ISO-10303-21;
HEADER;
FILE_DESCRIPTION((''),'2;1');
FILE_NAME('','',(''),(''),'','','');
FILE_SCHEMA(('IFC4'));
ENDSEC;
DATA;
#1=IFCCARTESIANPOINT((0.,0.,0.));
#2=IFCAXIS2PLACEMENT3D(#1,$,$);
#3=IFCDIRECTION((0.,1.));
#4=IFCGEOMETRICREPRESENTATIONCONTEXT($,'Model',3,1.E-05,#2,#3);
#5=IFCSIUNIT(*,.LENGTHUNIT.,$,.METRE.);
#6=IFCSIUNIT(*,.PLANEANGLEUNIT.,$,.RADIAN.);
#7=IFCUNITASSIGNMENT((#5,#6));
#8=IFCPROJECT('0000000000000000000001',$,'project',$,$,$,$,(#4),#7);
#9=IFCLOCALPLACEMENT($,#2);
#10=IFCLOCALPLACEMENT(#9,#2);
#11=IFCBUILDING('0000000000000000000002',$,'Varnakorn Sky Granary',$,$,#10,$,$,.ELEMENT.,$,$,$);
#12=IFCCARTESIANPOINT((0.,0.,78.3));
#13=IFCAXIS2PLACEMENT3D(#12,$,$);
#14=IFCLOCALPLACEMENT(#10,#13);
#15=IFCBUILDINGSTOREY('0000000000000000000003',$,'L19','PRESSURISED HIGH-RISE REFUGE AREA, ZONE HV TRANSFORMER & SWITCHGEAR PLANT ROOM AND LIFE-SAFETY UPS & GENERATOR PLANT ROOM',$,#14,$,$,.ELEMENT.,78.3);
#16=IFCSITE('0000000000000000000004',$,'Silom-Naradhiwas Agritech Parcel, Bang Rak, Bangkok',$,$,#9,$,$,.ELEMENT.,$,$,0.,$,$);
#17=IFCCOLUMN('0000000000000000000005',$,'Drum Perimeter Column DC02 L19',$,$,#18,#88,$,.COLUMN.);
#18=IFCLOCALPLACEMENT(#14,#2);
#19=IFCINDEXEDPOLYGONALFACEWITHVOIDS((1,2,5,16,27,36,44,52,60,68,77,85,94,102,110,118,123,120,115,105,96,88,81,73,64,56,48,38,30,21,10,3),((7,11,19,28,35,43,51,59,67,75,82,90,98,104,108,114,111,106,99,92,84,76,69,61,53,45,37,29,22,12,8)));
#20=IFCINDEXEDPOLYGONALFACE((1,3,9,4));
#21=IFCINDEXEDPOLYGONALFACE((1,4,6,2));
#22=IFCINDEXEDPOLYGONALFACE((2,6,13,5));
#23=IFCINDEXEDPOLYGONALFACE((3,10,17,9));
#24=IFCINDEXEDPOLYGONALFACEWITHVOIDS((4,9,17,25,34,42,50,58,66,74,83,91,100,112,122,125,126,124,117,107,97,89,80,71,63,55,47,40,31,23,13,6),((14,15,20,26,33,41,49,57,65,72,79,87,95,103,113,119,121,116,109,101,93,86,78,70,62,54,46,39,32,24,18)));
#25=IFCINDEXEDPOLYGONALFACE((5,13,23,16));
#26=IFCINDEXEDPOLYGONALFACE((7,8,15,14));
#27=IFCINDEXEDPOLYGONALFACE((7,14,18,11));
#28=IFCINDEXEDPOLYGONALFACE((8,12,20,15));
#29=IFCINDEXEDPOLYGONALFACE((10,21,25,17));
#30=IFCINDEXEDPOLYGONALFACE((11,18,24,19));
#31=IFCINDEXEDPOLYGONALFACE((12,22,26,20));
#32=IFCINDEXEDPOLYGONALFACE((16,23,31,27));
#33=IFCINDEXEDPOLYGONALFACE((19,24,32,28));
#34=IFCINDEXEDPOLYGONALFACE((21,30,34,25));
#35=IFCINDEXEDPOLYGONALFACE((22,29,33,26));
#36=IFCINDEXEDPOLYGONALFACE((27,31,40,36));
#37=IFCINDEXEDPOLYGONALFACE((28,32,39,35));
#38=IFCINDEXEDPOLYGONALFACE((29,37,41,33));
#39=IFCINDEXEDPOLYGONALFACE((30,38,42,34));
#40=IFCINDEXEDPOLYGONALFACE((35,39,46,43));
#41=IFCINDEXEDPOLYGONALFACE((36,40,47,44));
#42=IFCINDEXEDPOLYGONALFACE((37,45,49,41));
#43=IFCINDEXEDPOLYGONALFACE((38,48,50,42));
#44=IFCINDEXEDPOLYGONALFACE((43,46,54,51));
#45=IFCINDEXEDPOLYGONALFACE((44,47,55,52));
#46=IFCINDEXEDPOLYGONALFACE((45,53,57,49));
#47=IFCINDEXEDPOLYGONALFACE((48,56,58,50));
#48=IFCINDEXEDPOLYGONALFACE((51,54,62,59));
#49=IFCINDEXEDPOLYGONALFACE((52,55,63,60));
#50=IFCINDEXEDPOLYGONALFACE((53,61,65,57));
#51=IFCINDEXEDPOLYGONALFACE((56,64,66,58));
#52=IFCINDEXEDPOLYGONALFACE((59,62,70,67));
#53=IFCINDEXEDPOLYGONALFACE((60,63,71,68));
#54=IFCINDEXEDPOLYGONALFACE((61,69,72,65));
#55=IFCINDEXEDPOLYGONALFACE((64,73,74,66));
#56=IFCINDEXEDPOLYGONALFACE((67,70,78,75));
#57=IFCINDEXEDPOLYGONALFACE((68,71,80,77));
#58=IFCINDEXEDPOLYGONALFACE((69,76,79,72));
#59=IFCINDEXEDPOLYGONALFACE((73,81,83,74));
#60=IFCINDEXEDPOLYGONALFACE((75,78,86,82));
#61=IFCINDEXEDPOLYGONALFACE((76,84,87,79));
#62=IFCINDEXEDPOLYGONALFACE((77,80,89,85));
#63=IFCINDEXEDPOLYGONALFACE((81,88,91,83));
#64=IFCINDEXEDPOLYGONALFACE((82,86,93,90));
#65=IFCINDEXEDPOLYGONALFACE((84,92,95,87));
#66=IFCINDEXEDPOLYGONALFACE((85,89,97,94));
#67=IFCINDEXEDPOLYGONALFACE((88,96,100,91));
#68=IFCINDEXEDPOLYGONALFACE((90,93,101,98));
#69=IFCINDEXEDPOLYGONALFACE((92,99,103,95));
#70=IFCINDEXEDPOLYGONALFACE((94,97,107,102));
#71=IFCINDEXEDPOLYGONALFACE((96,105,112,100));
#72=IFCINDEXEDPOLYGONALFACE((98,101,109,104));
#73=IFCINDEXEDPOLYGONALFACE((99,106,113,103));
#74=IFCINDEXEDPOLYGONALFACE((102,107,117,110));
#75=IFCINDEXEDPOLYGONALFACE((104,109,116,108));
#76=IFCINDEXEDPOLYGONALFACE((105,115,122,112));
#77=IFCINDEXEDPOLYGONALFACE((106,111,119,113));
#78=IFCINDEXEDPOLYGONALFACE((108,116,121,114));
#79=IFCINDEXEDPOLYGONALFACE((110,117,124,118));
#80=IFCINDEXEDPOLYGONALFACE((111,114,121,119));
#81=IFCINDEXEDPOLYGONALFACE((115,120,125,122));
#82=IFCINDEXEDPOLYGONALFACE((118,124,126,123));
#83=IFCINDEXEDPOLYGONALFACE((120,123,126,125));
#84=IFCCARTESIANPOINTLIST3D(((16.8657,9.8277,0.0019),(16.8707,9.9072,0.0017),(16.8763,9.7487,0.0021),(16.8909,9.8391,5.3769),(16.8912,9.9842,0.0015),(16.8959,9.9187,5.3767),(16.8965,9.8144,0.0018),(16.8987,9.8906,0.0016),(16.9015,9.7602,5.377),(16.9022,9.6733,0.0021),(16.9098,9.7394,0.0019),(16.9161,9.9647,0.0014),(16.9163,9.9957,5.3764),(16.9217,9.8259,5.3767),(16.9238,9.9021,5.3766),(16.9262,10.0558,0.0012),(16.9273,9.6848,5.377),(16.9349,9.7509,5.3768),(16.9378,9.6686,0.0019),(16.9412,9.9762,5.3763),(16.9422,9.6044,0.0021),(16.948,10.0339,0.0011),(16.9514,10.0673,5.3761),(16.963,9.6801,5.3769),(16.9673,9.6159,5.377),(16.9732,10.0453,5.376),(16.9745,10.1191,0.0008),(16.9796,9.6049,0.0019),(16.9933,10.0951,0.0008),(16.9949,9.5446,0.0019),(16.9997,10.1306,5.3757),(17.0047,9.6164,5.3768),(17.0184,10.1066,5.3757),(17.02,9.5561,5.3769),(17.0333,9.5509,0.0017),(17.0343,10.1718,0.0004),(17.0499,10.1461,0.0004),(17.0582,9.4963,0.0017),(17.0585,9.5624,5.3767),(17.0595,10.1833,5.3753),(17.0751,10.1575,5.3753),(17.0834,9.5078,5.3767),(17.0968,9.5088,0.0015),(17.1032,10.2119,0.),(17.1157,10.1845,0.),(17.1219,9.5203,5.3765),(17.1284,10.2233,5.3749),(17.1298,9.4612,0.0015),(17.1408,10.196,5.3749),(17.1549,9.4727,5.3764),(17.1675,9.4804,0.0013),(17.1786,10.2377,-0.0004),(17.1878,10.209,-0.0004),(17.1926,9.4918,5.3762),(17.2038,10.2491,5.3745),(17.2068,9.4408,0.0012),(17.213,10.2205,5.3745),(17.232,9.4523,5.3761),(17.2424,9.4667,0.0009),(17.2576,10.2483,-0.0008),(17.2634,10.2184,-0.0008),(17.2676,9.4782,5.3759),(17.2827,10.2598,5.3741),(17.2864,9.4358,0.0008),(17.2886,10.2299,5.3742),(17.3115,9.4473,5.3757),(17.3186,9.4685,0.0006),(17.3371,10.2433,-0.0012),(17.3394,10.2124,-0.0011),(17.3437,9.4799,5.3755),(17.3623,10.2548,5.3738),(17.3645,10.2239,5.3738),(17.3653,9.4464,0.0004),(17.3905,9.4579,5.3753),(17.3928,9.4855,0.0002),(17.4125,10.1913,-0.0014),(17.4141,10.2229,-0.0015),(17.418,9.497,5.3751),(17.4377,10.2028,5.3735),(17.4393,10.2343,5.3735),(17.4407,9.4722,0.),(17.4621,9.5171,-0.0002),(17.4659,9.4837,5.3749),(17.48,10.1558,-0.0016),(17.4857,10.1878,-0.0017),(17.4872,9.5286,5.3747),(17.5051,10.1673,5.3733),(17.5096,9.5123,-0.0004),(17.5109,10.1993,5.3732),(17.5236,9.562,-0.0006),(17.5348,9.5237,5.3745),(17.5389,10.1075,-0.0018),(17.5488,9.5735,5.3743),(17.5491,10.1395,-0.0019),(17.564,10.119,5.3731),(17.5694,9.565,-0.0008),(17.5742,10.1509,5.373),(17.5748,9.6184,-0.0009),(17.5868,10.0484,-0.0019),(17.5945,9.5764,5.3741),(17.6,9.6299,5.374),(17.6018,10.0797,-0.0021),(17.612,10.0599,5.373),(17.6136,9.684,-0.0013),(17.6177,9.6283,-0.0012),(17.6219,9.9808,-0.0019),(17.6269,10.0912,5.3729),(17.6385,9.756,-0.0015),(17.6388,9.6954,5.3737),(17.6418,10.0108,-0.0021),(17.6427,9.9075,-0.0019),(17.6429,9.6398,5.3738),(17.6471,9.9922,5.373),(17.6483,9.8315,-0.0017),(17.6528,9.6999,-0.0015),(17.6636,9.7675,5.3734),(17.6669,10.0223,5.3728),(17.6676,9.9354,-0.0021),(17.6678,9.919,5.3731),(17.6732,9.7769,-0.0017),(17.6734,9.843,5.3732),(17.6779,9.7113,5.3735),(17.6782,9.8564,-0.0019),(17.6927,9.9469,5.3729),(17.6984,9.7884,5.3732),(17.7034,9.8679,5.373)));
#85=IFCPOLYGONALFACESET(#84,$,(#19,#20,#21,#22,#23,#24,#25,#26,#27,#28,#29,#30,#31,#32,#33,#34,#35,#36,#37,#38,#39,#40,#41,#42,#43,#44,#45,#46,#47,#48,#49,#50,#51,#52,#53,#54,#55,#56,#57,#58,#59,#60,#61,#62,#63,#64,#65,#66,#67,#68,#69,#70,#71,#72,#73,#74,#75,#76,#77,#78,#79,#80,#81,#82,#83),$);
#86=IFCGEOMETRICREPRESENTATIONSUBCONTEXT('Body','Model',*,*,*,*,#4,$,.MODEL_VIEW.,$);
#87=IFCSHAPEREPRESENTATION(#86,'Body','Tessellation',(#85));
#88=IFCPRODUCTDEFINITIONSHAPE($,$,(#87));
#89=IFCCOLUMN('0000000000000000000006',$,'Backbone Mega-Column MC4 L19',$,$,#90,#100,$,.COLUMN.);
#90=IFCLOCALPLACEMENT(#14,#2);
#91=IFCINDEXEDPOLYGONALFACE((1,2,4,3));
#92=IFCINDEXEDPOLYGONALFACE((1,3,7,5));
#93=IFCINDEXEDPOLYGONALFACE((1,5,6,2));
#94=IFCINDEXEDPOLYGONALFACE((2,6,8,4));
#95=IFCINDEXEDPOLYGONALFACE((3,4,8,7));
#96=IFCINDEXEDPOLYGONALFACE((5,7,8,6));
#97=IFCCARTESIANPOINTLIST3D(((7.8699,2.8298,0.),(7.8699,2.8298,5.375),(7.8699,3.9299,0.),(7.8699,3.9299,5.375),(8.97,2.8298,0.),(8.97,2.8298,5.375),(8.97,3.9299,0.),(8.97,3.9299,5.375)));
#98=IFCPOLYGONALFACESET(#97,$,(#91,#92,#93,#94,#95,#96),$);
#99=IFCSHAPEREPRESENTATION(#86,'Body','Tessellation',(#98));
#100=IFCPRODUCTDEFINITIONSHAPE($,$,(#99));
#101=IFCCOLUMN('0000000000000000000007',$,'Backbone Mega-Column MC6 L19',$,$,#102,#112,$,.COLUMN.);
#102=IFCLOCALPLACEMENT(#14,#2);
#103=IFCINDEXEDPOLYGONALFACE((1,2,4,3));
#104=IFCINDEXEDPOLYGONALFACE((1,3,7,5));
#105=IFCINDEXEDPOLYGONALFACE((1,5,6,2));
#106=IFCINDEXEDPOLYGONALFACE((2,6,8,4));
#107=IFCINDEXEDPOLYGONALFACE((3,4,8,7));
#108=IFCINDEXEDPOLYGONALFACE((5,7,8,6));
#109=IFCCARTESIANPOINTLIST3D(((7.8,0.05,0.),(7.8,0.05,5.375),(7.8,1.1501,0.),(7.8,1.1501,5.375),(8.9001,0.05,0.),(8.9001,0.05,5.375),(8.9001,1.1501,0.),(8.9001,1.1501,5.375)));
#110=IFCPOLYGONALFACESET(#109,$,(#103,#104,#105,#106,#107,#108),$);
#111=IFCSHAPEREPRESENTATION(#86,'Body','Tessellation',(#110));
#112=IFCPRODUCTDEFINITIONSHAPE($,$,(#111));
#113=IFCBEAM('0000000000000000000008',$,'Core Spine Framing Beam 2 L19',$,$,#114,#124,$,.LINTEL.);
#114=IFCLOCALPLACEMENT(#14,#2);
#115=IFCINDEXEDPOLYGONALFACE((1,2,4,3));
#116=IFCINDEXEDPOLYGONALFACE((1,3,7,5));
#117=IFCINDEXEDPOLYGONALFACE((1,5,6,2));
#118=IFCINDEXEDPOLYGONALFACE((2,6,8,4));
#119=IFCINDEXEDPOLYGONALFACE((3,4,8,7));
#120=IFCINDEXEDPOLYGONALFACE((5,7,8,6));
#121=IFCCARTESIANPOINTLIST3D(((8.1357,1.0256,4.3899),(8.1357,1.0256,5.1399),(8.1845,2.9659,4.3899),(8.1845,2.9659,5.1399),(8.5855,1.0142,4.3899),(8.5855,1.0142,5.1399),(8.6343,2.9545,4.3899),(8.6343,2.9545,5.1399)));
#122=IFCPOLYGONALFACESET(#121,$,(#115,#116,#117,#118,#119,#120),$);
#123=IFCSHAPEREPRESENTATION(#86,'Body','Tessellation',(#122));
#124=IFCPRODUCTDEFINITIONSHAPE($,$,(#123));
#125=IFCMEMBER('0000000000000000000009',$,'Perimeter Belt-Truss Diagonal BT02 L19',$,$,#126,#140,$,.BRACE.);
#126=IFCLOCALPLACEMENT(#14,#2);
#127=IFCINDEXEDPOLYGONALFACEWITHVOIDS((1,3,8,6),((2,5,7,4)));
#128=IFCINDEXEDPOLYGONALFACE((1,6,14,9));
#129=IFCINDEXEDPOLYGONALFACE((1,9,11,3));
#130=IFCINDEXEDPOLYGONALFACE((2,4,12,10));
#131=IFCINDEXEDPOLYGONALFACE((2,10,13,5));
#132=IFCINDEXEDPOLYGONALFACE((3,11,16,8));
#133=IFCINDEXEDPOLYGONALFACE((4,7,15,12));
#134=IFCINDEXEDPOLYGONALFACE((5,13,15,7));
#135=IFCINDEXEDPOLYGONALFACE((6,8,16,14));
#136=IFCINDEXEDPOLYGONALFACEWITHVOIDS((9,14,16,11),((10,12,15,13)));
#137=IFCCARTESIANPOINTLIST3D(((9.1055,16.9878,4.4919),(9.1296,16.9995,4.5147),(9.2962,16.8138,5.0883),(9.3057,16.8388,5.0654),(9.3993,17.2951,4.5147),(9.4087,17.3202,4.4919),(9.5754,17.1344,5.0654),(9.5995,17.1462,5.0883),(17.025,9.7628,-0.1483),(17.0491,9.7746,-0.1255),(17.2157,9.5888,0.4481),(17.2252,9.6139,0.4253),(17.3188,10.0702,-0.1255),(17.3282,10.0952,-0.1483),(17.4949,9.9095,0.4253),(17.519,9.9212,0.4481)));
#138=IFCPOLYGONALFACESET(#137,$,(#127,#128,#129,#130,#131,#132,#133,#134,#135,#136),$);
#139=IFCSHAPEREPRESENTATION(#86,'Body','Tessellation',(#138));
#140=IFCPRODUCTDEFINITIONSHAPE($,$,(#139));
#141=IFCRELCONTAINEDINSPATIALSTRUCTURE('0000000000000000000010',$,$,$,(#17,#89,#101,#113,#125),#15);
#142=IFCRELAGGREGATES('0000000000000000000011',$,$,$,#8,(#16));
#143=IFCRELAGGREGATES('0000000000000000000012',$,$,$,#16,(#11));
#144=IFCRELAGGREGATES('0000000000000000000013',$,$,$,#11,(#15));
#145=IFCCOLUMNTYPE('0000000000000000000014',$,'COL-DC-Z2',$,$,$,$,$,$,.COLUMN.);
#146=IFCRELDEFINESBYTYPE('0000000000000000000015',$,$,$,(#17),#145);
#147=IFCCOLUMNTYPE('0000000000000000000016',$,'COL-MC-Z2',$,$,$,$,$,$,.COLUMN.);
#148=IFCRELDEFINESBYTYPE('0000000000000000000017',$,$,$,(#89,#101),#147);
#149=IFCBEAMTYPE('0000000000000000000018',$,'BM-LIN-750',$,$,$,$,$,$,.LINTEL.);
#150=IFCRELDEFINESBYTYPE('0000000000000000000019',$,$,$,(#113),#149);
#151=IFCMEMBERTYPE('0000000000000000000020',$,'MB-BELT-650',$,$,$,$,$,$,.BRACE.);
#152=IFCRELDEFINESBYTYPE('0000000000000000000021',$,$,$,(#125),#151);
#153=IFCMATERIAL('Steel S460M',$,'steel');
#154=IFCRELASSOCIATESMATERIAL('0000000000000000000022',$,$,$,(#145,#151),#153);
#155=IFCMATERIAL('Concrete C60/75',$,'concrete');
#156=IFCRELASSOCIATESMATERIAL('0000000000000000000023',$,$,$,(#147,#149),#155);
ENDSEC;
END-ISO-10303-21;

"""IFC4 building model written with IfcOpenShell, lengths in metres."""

from ifc_helpers import new_model, si_unit, direction, frame, origin, origin_2d, place, context, subcontext, project, spatial, rectangle, hollow_rectangle, hollow_circle, extrude, material, material_profile, profile_set, type_object, element, save


model = new_model("IFC4")

# Units and contexts
model_context = context("Model", 3, precision=1e-05, world=origin(), true_north=direction((0.0, 1.0)))
body_context = subcontext(model_context, "Body", "Model", "MODEL_VIEW")
ifc_project = project(units=[si_unit("LENGTHUNIT", "METRE"), si_unit("PLANEANGLEUNIT", "RADIAN")], contexts=[model_context])

# Site, building, storey
site_placement = place(None, origin())
site = spatial("IfcSite", under=ifc_project, at=site_placement, Name="Silom-Naradhiwas Agritech Parcel, Bang Rak, Bangkok", CompositionType="ELEMENT", RefElevation=0.0)
building_placement = place(site_placement, origin())
building = spatial("IfcBuilding", under=site, at=building_placement, Name="Varnakorn Sky Granary", CompositionType="ELEMENT")
storey_placement = place(building_placement, frame((0.0, 0.0, 78.3)))
storey = spatial("IfcBuildingStorey", under=building, at=storey_placement, Name="L19", Description="PRESSURISED HIGH-RISE REFUGE AREA, ZONE HV TRANSFORMER & SWITCHGEAR PLANT ROOM AND LIFE-SAFETY UPS & GENERATOR PLANT ROOM", CompositionType="ELEMENT", Elevation=78.3)

# Columns
ifc_material_1 = material(Name="Steel S460M", Category="steel")
ifc_material_profile_1 = material_profile(ifc_material_1, hollow_circle(Radius=0.4065, WallThickness=0.03, at=origin_2d()), Name="CHS 813x30")
ifc_profile_set_1 = profile_set([ifc_material_profile_1], Name="Steel S460M")
column_type_1 = type_object("IfcColumnType", Name="COL-DC-Z2", PredefinedType="COLUMN", material=ifc_profile_set_1)
column_placement = place(storey_placement, frame((17.272, 9.842, 0.0), z_axis=(0.004678, 0.002135, 0.999987), x_axis=(-0.415133, 0.909761, 0.0)))
element("IfcColumn", 1, at=column_placement, inside=storey, type_object=column_type_1, Name="Drum Perimeter Column DC02 L19", PredefinedType="COLUMN", context=body_context, shape_type="SweptSolid", body=[
    extrude(hollow_circle(Radius=0.4065, WallThickness=0.03, at=origin_2d()), origin(), (0.0, 0.0, 1.0), 5.375),
])
ifc_material_2 = material(Name="Concrete C60/75", Category="concrete")
ifc_material_profile_2 = material_profile(ifc_material_2, rectangle(XDim=1.1001, YDim=1.1001, at=origin_2d()), Name="RC 1100x1100")
ifc_profile_set_2 = profile_set([ifc_material_profile_2], Name="Concrete C60/75")
column_type_2 = type_object("IfcColumnType", Name="COL-MC-Z2", PredefinedType="COLUMN", material=ifc_profile_set_2)
for number, where, z_axis, x_axis, name in (
    (2, (8.4199, 3.3799, 0.0), (0.0, 0.0, 1.0), (1.0, 0.0, 0.0), "Backbone Mega-Column MC4 L19"),
    (3, (8.3501, 0.6001, 0.0), (0.0, 0.0, 1.0), (1.0, 0.0, 0.0), "Backbone Mega-Column MC6 L19"),
):
    element("IfcColumn", number, at=place(storey_placement, frame(where, z_axis=z_axis, x_axis=x_axis)), inside=storey, type_object=column_type_2, Name=name, PredefinedType="COLUMN", context=body_context, shape_type="SweptSolid", body=[
        extrude(rectangle(XDim=1.1001, YDim=1.1001, at=origin_2d()), origin(), (0.0, 0.0, 1.0), 5.375),
    ])

# Beam
ifc_material_profile_3 = material_profile(ifc_material_2, rectangle(XDim=0.45, YDim=0.75, at=origin_2d()), Name="RC 450x750")
ifc_profile_set_3 = profile_set([ifc_material_profile_3], Name="Concrete C60/75")
beam_type = type_object("IfcBeamType", Name="BM-LIN-750", PredefinedType="LINTEL", material=ifc_profile_set_3)
beam_placement = place(storey_placement, frame((8.4094, 2.9602, 4.7649), z_axis=(-0.025159, -0.999683, 0.0), x_axis=(0.999683, -0.025159, 0.0)))
element("IfcBeam", 4, at=beam_placement, inside=storey, type_object=beam_type, Name="Core Spine Framing Beam 2 L19", PredefinedType="LINTEL", context=body_context, shape_type="SweptSolid", body=[
    extrude(rectangle(XDim=0.45, YDim=0.75, at=origin_2d()), origin(), (0.0, 0.0, 1.0), 1.9409),
])

# Member
ifc_material_profile_4 = material_profile(ifc_material_1, hollow_rectangle(XDim=0.45, YDim=0.6499, WallThickness=0.0249, at=origin_2d()), Name="RHS 450x650x25")
ifc_profile_set_4 = profile_set([ifc_material_profile_4], Name="Steel S460M")
member_type_1 = type_object("IfcMemberType", Name="MB-BELT-650", PredefinedType="BRACE", material=ifc_profile_set_4)
member_1_placement = place(storey_placement, frame((17.272, 9.842, 0.1499), z_axis=(-0.677973, 0.618511, 0.397236), x_axis=(-0.673967, -0.738761, 0.0)))
element("IfcMember", 5, at=member_1_placement, inside=storey, type_object=member_type_1, Name="Perimeter Belt-Truss Diagonal BT02 L19", PredefinedType="BRACE", context=body_context, shape_type="SweptSolid", body=[
    extrude(hollow_rectangle(XDim=0.45, YDim=0.6499, WallThickness=0.0249, at=origin_2d()), origin(), (0.0, 0.0, 1.0), 11.6812),
])

save(model, "model.ifc")
